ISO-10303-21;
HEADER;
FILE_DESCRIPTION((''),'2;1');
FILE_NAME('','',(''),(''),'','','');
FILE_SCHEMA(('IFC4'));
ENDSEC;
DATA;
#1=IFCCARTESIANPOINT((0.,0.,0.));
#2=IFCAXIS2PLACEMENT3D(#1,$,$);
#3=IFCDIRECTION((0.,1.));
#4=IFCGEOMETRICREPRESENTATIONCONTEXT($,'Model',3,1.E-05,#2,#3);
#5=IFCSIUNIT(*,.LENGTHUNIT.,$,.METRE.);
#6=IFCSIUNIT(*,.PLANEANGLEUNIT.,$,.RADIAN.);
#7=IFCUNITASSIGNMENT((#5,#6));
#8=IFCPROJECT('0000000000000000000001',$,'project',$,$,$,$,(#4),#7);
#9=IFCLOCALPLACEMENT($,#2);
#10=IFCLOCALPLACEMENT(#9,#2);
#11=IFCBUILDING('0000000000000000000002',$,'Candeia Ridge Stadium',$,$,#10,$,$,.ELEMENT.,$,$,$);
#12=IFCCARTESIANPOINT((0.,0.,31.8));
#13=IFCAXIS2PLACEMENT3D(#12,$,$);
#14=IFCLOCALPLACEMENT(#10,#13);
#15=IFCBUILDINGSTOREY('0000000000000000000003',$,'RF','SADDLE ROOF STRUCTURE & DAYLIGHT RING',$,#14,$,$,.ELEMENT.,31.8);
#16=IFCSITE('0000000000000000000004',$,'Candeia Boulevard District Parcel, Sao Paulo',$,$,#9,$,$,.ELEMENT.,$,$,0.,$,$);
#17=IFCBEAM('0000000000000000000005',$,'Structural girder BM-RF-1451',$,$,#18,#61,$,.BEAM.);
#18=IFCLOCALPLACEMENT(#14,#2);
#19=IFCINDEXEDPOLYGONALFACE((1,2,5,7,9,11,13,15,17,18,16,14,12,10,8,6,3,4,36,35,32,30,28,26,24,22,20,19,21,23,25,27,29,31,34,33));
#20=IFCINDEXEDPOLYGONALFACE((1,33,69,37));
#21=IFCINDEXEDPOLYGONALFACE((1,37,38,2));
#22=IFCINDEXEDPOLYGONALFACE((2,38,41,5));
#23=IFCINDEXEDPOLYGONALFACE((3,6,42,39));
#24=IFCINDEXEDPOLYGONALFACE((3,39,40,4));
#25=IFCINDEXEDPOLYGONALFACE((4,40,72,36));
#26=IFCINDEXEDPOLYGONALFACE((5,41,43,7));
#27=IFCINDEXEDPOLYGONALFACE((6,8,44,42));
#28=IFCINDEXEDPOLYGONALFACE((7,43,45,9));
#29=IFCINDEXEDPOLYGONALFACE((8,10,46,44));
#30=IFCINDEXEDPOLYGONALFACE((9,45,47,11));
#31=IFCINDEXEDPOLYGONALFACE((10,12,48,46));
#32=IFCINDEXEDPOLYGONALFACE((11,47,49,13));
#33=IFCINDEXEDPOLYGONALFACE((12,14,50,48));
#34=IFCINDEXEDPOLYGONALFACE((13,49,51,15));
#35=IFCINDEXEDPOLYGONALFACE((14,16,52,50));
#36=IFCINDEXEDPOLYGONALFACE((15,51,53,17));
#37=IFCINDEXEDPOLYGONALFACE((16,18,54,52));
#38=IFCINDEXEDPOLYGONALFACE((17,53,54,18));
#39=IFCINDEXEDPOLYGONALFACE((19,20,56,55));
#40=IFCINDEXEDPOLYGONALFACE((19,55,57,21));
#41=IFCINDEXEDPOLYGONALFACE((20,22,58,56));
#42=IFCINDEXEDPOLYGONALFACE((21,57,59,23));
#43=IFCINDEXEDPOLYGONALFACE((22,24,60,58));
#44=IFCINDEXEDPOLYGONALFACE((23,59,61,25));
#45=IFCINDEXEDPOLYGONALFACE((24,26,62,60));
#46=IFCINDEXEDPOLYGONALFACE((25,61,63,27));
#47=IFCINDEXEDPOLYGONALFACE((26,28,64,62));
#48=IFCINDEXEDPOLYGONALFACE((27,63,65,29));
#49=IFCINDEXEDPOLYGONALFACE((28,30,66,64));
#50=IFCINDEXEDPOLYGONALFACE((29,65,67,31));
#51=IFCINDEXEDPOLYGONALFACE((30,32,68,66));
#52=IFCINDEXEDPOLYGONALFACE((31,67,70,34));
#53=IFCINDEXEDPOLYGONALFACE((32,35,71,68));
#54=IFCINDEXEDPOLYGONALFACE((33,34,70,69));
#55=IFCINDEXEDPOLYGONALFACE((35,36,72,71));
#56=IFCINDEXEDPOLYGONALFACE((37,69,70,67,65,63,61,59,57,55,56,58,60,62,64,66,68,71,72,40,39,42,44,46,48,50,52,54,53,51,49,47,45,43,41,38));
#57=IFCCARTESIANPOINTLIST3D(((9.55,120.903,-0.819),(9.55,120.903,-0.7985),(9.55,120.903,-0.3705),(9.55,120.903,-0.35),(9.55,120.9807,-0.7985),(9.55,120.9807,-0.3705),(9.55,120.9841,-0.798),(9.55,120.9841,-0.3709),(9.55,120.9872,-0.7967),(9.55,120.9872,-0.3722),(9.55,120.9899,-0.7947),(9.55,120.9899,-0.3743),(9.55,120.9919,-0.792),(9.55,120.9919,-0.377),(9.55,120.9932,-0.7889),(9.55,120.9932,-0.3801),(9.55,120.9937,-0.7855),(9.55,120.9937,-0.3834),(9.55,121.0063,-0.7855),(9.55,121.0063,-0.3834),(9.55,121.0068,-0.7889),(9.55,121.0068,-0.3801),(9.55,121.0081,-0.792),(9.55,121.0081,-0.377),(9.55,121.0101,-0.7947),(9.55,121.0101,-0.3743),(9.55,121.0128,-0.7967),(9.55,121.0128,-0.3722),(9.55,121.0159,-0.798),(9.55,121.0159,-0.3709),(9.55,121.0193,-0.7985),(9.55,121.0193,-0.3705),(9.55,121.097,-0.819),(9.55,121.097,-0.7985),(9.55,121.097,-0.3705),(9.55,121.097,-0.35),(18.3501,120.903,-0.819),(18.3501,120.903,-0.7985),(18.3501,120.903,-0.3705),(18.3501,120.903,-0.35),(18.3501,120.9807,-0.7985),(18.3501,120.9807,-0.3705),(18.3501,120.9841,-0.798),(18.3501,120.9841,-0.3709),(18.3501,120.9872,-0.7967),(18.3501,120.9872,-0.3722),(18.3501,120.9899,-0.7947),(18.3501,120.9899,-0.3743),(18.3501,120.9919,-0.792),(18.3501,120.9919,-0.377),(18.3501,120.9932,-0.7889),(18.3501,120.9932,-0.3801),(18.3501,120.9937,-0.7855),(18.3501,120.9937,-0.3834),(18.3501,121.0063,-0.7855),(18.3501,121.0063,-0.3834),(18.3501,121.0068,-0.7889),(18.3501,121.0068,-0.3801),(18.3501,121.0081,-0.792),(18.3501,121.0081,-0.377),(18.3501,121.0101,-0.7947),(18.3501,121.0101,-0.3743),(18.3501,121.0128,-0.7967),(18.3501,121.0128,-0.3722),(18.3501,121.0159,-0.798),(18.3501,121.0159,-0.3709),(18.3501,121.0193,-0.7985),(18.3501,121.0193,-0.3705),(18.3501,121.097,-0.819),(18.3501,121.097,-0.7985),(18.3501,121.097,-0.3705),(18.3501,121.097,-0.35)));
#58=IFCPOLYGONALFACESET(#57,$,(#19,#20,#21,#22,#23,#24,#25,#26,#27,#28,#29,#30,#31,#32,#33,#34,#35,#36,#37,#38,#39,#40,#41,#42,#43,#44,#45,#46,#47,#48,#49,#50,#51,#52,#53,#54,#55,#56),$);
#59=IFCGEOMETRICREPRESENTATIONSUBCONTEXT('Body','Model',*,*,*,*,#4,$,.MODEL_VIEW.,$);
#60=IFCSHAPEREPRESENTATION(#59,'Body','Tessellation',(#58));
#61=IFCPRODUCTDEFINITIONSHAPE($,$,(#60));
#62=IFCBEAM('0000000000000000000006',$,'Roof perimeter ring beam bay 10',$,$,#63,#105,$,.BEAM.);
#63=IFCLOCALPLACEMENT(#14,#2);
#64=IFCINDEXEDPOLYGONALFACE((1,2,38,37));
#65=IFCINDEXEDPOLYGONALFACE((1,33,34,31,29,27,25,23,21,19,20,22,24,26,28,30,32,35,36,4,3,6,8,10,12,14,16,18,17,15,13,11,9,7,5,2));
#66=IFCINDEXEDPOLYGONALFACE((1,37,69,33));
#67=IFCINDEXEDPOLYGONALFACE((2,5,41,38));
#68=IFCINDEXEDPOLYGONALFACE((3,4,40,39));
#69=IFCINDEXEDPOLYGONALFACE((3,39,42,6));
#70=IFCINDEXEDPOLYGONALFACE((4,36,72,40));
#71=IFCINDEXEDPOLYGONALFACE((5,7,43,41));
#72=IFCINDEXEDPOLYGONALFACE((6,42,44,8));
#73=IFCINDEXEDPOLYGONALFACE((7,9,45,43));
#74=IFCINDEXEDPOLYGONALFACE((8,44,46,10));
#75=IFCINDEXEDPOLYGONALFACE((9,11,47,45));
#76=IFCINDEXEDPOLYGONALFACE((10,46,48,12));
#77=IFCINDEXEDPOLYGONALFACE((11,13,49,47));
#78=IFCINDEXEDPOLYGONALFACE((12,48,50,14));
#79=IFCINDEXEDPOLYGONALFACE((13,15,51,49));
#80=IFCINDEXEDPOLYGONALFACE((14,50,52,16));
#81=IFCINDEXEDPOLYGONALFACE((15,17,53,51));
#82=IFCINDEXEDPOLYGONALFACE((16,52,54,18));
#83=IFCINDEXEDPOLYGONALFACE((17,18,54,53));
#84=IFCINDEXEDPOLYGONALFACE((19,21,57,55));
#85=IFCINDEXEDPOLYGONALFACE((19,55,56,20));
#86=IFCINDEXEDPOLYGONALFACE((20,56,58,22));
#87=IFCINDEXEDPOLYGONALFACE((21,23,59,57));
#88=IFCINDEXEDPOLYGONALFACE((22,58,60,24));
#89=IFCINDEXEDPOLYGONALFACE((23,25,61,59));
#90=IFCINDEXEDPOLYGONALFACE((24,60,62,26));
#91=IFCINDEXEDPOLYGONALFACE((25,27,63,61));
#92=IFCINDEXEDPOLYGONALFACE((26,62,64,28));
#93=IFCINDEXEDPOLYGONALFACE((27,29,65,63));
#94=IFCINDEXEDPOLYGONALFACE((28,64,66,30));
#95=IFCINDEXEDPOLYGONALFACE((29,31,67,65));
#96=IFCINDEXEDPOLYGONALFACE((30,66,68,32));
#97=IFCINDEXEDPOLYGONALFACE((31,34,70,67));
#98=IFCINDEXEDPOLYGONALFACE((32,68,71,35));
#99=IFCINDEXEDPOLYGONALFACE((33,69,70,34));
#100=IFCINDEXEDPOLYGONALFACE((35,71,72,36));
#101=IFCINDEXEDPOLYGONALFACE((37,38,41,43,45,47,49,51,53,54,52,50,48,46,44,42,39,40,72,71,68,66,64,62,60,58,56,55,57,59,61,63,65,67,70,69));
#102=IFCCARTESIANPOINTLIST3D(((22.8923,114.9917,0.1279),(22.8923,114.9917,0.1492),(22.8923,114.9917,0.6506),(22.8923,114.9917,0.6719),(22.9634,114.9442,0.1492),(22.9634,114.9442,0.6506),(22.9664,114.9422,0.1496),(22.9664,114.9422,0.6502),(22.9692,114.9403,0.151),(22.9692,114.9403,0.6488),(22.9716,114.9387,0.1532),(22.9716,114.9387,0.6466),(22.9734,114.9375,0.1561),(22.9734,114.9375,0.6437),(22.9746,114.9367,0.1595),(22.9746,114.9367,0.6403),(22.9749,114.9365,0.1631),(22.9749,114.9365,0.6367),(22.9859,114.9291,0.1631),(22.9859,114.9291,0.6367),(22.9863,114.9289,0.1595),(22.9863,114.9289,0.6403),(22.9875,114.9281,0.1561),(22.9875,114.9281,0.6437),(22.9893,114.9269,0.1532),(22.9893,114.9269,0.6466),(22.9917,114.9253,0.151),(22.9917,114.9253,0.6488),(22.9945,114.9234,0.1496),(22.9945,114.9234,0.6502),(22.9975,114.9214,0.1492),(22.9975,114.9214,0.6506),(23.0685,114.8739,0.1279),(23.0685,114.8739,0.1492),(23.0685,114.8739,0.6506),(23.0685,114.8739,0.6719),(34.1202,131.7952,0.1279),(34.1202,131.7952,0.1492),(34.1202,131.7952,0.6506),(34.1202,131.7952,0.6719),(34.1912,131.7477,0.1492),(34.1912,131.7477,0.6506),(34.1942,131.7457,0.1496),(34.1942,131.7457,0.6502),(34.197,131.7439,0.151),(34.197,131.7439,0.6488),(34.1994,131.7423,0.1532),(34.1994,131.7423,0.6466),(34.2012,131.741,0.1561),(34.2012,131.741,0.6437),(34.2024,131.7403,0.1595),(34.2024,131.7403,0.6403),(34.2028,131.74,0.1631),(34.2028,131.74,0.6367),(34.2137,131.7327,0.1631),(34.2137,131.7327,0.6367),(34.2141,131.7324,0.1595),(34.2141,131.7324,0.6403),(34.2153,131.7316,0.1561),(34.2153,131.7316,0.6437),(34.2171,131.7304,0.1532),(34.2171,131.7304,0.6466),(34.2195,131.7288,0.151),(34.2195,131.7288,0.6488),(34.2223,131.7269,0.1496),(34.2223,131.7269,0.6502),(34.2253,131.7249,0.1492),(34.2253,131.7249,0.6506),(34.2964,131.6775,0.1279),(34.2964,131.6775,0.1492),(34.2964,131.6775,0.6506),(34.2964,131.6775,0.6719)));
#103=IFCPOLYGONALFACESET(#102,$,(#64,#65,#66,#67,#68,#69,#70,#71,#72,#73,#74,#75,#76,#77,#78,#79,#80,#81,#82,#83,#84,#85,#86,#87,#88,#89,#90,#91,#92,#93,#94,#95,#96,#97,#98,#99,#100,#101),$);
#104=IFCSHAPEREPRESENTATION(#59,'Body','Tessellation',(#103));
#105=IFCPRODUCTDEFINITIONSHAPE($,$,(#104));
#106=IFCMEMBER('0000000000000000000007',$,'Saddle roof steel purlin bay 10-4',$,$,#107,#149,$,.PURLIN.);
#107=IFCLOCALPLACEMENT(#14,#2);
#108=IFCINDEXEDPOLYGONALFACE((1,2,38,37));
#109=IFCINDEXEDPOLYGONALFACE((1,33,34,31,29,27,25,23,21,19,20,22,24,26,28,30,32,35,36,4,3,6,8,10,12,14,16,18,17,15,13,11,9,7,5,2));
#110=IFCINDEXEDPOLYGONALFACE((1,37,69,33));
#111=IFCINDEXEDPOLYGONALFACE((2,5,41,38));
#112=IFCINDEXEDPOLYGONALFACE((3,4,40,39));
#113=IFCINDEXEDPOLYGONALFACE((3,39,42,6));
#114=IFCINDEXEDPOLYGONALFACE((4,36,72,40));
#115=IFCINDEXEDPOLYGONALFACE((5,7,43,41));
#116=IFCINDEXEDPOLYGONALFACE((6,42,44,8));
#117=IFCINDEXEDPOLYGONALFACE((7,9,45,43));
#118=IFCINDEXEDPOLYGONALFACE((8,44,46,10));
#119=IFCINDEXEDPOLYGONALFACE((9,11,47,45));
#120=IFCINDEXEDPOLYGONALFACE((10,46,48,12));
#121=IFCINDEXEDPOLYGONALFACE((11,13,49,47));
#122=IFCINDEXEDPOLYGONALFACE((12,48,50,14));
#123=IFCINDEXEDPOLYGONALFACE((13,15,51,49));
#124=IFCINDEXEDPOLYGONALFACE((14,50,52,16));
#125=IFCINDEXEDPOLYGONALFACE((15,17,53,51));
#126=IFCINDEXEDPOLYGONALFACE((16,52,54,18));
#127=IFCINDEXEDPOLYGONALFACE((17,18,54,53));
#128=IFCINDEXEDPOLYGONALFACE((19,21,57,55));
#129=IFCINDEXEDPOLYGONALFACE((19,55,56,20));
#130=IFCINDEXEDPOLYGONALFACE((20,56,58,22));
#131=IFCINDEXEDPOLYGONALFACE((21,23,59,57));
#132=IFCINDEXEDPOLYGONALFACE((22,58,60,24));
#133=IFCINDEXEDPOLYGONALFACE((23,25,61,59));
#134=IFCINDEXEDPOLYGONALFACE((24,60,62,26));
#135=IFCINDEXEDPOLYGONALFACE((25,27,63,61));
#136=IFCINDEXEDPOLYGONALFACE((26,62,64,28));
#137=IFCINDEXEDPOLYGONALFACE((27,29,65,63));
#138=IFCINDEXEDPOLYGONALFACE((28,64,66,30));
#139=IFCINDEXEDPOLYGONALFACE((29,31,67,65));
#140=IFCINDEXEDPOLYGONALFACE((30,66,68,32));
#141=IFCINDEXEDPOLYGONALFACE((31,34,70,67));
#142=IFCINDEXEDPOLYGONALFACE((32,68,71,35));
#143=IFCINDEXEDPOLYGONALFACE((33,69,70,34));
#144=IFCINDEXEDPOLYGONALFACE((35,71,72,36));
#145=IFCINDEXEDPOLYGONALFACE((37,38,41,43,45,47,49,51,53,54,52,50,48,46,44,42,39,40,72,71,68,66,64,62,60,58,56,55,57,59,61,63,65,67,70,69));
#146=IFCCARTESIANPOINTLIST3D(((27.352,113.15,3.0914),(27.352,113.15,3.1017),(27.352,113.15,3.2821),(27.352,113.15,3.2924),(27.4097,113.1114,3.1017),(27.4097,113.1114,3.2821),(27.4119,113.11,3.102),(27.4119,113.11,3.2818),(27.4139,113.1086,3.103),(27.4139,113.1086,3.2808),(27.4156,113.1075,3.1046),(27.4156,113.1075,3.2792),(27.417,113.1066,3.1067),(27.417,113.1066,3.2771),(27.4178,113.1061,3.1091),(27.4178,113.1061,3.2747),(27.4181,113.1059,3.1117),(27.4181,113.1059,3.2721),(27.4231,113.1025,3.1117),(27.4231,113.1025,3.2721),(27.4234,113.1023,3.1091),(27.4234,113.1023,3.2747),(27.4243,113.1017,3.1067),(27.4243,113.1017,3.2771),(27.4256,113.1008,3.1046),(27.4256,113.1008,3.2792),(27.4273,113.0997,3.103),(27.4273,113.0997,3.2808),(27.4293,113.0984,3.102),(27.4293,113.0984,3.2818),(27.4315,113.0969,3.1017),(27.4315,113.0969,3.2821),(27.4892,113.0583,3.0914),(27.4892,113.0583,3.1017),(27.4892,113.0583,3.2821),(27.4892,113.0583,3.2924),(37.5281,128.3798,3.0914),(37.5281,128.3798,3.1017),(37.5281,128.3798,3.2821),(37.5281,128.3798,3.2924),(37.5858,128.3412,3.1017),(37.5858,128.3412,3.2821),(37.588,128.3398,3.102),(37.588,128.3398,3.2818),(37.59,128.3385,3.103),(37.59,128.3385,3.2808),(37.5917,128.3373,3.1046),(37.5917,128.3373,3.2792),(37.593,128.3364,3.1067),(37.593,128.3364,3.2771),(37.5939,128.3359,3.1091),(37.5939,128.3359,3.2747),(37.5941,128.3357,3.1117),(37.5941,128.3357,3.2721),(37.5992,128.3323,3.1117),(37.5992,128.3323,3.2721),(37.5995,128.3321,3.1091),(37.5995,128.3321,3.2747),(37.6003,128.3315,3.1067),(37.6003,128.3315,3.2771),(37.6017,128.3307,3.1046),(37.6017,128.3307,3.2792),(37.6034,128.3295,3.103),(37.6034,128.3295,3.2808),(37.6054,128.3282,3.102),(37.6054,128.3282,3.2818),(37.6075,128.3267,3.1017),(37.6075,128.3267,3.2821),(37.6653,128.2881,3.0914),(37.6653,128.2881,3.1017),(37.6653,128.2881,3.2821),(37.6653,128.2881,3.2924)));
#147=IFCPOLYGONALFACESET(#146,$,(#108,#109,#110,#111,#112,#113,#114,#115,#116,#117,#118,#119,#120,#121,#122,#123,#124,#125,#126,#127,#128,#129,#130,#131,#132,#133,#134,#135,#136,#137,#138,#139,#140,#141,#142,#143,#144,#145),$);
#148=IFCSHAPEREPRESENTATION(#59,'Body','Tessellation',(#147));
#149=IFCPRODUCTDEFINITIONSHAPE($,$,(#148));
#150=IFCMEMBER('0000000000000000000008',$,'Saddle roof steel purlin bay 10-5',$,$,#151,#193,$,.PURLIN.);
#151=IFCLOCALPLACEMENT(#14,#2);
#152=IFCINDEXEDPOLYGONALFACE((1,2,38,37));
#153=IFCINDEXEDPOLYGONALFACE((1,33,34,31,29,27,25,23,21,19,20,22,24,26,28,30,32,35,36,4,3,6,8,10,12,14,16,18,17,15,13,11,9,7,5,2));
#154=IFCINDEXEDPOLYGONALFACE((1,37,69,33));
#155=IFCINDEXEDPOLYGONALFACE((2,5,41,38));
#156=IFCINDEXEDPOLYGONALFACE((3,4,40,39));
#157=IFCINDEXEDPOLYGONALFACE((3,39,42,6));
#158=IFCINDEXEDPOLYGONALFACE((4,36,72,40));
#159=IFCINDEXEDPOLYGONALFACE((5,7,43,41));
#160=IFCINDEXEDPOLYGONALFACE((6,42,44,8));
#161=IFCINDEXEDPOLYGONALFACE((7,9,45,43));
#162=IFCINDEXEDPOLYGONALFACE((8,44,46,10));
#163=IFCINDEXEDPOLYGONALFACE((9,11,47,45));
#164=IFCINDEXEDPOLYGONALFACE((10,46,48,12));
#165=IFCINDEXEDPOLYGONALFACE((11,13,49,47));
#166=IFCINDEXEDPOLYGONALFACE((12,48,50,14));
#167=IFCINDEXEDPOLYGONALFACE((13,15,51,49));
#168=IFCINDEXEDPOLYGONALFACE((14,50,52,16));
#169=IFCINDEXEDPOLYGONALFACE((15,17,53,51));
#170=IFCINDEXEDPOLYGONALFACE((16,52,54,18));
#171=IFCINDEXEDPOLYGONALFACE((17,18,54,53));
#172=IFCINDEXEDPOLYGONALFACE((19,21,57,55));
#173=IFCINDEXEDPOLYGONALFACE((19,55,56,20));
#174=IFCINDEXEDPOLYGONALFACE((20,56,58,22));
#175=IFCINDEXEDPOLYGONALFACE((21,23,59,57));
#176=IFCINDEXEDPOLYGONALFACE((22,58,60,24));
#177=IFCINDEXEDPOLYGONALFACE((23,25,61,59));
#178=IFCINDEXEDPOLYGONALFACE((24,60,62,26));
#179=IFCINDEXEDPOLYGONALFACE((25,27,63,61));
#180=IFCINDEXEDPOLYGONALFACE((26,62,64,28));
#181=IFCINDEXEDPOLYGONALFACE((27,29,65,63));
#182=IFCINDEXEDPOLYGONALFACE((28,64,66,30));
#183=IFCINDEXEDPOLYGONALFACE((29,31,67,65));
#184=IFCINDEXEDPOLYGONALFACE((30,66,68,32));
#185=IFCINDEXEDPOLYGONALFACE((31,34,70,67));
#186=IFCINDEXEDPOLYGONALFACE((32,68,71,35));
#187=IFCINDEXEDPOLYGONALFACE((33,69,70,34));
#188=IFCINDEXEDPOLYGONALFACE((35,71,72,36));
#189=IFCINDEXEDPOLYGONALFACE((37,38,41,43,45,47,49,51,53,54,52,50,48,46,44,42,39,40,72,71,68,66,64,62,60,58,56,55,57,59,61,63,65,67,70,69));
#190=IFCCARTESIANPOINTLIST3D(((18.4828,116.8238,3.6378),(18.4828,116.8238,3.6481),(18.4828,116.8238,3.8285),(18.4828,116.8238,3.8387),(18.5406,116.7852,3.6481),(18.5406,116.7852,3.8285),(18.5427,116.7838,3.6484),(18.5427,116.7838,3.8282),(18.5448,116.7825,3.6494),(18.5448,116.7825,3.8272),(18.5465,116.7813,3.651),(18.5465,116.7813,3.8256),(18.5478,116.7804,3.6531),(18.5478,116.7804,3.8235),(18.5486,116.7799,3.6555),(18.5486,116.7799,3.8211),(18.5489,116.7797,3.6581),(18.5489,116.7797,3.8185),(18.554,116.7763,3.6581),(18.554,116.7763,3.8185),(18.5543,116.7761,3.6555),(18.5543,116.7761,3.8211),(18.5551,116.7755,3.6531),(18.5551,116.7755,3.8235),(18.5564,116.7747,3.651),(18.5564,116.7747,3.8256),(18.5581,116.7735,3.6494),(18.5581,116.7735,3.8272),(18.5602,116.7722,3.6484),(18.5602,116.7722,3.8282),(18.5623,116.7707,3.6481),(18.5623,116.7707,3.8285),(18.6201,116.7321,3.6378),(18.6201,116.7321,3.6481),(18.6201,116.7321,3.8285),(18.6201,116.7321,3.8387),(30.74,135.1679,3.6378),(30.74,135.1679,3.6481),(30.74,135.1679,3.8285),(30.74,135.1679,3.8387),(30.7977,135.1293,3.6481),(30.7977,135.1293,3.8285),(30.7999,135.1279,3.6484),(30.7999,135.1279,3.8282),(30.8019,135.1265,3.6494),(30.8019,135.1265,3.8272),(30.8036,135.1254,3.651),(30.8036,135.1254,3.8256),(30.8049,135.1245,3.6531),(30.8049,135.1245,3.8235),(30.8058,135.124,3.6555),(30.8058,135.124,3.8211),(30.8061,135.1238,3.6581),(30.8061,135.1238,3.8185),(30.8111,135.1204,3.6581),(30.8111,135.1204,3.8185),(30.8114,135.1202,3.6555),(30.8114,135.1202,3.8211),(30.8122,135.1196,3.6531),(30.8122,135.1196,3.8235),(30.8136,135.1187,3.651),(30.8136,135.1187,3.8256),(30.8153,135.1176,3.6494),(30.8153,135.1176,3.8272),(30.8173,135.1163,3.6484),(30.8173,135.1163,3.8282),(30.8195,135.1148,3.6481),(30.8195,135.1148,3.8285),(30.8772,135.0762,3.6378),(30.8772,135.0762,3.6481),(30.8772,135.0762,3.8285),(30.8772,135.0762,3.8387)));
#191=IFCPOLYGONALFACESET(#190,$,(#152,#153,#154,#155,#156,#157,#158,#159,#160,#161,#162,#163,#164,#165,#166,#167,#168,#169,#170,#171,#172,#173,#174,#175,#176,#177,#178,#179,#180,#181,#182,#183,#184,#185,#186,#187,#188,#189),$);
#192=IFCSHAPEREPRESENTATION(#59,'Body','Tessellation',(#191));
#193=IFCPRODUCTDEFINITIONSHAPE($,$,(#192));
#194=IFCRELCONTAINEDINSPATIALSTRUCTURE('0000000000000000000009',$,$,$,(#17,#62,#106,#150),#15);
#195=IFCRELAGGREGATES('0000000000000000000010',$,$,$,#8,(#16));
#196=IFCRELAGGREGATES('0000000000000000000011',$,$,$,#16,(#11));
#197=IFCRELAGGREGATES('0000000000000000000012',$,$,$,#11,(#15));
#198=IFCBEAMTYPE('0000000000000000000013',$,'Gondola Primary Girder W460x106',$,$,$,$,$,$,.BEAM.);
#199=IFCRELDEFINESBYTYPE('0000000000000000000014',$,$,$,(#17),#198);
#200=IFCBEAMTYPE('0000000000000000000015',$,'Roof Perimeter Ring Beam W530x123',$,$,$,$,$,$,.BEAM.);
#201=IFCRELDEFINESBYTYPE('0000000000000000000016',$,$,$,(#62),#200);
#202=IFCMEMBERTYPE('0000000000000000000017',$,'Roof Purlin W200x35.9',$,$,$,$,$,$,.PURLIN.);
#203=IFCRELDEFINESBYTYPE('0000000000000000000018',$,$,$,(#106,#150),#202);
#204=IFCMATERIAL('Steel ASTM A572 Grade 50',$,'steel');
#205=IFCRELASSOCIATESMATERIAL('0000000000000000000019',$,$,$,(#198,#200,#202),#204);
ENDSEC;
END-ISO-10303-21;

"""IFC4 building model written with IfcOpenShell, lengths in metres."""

from ifc_helpers import new_model, si_unit, direction, frame, origin, origin_2d, place, context, subcontext, project, spatial, i_section, extrude, material, material_profile, profile_set, type_object, element, save


model = new_model("IFC4")

# Units and contexts
model_context = context("Model", 3, precision=1e-05, world=origin(), true_north=direction((0.0, 1.0)))
body_context = subcontext(model_context, "Body", "Model", "MODEL_VIEW")
ifc_project = project(units=[si_unit("LENGTHUNIT", "METRE"), si_unit("PLANEANGLEUNIT", "RADIAN")], contexts=[model_context])

# Site, building, storey
site_placement = place(None, origin())
site = spatial("IfcSite", under=ifc_project, at=site_placement, Name="Candeia Boulevard District Parcel, Sao Paulo", CompositionType="ELEMENT", RefElevation=0.0)
building_placement = place(site_placement, origin())
building = spatial("IfcBuilding", under=site, at=building_placement, Name="Candeia Ridge Stadium", CompositionType="ELEMENT")
storey_placement = place(building_placement, frame((0.0, 0.0, 31.8)))
storey = spatial("IfcBuildingStorey", under=building, at=storey_placement, Name="RF", Description="SADDLE ROOF STRUCTURE & DAYLIGHT RING", CompositionType="ELEMENT", Elevation=31.8)

# Shared definitions
ifc_material_1 = material(Name="Steel ASTM A572 Grade 50", Category="steel")

# Beams
ifc_material_profile_1 = material_profile(ifc_material_1, i_section(OverallWidth=0.1941, OverallDepth=0.469, WebThickness=0.0127, FlangeThickness=0.0205, FilletRadius=0.0129, at=origin_2d()), Name="W460x106", Category="steel")
ifc_profile_set_1 = profile_set([ifc_material_profile_1], Name="Steel ASTM A572 Grade 50")
beam_type_1 = type_object("IfcBeamType", Name="Gondola Primary Girder W460x106", PredefinedType="BEAM", material=ifc_profile_set_1)
for number, where, z_axis, x_axis, name in (
    (1, (9.55, 121.0, -0.5845), (1.0, 0.0, 0.0), (0.0, 1.0, 0.0), "Structural girder BM-RF-1451"),
):
    element("IfcBeam", number, at=place(storey_placement, frame(where, z_axis=z_axis, x_axis=x_axis)), inside=storey, type_object=beam_type_1, Name=name, PredefinedType="BEAM", context=body_context, shape_type="SweptSolid", body=[
        extrude(i_section(OverallWidth=0.1941, OverallDepth=0.469, WebThickness=0.0127, FlangeThickness=0.0205, FilletRadius=0.0129, at=origin_2d()), origin(), (0.0, 0.0, 1.0), 8.8),
    ])
ifc_material_profile_2 = material_profile(ifc_material_1, i_section(OverallWidth=0.2119, OverallDepth=0.5439, WebThickness=0.0132, FlangeThickness=0.0212, FilletRadius=0.0139, at=origin_2d()), Name="W530x123", Category="steel")
ifc_profile_set_2 = profile_set([ifc_material_profile_2], Name="Steel ASTM A572 Grade 50")
beam_type_2 = type_object("IfcBeamType", Name="Roof Perimeter Ring Beam W530x123", PredefinedType="BEAM", material=ifc_profile_set_2)
beam_1_placement = place(storey_placement, frame((34.2083, 131.7363, 0.3999), z_axis=(-0.555572, -0.831468, 0.0), x_axis=(0.831468, -0.555572, 0.0)))
element("IfcBeam", 2, at=beam_1_placement, inside=storey, type_object=beam_type_2, Name="Roof perimeter ring beam bay 10", PredefinedType="BEAM", context=body_context, shape_type="SweptSolid", body=[
    extrude(i_section(OverallWidth=0.2119, OverallDepth=0.5439, WebThickness=0.0132, FlangeThickness=0.0212, FilletRadius=0.0139, at=origin_2d()), origin(), (0.0, 0.0, 1.0), 20.2095),
])

# Members
ifc_material_profile_3 = material_profile(ifc_material_1, i_section(OverallWidth=0.165, OverallDepth=0.2009, WebThickness=0.0061, FlangeThickness=0.0103, FilletRadius=0.01, at=origin_2d()), Name="W200x35.9", Category="steel")
ifc_profile_set_3 = profile_set([ifc_material_profile_3], Name="Steel ASTM A572 Grade 50")
member_type_1 = type_object("IfcMemberType", Name="Roof Purlin W200x35.9", PredefinedType="PURLIN", material=ifc_profile_set_3)
member_1_placement = place(storey_placement, frame((37.5967, 128.334, 3.1919), z_axis=(-0.555564, -0.831474, 0.0), x_axis=(0.831474, -0.555564, 0.0)))
element("IfcMember", 3, at=member_1_placement, inside=storey, type_object=member_type_1, Name="Saddle roof steel purlin bay 10-4", PredefinedType="PURLIN", context=body_context, shape_type="SweptSolid", body=[
    extrude(i_section(OverallWidth=0.165, OverallDepth=0.2009, WebThickness=0.0061, FlangeThickness=0.0103, FilletRadius=0.01, at=origin_2d()), origin(), (0.0, 0.0, 1.0), 18.3167),
])
member_2_placement = place(storey_placement, frame((30.8086, 135.1221, 3.7383), z_axis=(-0.555571, -0.831469, 0.0), x_axis=(0.831469, -0.555571, 0.0)))
element("IfcMember", 4, at=member_2_placement, inside=storey, type_object=member_type_1, Name="Saddle roof steel purlin bay 10-5", PredefinedType="PURLIN", context=body_context, shape_type="SweptSolid", body=[
    extrude(i_section(OverallWidth=0.165, OverallDepth=0.2009, WebThickness=0.0061, FlangeThickness=0.0103, FilletRadius=0.01, at=origin_2d()), origin(), (0.0, 0.0, 1.0), 22.0623),
])

save(model, "model.ifc")
